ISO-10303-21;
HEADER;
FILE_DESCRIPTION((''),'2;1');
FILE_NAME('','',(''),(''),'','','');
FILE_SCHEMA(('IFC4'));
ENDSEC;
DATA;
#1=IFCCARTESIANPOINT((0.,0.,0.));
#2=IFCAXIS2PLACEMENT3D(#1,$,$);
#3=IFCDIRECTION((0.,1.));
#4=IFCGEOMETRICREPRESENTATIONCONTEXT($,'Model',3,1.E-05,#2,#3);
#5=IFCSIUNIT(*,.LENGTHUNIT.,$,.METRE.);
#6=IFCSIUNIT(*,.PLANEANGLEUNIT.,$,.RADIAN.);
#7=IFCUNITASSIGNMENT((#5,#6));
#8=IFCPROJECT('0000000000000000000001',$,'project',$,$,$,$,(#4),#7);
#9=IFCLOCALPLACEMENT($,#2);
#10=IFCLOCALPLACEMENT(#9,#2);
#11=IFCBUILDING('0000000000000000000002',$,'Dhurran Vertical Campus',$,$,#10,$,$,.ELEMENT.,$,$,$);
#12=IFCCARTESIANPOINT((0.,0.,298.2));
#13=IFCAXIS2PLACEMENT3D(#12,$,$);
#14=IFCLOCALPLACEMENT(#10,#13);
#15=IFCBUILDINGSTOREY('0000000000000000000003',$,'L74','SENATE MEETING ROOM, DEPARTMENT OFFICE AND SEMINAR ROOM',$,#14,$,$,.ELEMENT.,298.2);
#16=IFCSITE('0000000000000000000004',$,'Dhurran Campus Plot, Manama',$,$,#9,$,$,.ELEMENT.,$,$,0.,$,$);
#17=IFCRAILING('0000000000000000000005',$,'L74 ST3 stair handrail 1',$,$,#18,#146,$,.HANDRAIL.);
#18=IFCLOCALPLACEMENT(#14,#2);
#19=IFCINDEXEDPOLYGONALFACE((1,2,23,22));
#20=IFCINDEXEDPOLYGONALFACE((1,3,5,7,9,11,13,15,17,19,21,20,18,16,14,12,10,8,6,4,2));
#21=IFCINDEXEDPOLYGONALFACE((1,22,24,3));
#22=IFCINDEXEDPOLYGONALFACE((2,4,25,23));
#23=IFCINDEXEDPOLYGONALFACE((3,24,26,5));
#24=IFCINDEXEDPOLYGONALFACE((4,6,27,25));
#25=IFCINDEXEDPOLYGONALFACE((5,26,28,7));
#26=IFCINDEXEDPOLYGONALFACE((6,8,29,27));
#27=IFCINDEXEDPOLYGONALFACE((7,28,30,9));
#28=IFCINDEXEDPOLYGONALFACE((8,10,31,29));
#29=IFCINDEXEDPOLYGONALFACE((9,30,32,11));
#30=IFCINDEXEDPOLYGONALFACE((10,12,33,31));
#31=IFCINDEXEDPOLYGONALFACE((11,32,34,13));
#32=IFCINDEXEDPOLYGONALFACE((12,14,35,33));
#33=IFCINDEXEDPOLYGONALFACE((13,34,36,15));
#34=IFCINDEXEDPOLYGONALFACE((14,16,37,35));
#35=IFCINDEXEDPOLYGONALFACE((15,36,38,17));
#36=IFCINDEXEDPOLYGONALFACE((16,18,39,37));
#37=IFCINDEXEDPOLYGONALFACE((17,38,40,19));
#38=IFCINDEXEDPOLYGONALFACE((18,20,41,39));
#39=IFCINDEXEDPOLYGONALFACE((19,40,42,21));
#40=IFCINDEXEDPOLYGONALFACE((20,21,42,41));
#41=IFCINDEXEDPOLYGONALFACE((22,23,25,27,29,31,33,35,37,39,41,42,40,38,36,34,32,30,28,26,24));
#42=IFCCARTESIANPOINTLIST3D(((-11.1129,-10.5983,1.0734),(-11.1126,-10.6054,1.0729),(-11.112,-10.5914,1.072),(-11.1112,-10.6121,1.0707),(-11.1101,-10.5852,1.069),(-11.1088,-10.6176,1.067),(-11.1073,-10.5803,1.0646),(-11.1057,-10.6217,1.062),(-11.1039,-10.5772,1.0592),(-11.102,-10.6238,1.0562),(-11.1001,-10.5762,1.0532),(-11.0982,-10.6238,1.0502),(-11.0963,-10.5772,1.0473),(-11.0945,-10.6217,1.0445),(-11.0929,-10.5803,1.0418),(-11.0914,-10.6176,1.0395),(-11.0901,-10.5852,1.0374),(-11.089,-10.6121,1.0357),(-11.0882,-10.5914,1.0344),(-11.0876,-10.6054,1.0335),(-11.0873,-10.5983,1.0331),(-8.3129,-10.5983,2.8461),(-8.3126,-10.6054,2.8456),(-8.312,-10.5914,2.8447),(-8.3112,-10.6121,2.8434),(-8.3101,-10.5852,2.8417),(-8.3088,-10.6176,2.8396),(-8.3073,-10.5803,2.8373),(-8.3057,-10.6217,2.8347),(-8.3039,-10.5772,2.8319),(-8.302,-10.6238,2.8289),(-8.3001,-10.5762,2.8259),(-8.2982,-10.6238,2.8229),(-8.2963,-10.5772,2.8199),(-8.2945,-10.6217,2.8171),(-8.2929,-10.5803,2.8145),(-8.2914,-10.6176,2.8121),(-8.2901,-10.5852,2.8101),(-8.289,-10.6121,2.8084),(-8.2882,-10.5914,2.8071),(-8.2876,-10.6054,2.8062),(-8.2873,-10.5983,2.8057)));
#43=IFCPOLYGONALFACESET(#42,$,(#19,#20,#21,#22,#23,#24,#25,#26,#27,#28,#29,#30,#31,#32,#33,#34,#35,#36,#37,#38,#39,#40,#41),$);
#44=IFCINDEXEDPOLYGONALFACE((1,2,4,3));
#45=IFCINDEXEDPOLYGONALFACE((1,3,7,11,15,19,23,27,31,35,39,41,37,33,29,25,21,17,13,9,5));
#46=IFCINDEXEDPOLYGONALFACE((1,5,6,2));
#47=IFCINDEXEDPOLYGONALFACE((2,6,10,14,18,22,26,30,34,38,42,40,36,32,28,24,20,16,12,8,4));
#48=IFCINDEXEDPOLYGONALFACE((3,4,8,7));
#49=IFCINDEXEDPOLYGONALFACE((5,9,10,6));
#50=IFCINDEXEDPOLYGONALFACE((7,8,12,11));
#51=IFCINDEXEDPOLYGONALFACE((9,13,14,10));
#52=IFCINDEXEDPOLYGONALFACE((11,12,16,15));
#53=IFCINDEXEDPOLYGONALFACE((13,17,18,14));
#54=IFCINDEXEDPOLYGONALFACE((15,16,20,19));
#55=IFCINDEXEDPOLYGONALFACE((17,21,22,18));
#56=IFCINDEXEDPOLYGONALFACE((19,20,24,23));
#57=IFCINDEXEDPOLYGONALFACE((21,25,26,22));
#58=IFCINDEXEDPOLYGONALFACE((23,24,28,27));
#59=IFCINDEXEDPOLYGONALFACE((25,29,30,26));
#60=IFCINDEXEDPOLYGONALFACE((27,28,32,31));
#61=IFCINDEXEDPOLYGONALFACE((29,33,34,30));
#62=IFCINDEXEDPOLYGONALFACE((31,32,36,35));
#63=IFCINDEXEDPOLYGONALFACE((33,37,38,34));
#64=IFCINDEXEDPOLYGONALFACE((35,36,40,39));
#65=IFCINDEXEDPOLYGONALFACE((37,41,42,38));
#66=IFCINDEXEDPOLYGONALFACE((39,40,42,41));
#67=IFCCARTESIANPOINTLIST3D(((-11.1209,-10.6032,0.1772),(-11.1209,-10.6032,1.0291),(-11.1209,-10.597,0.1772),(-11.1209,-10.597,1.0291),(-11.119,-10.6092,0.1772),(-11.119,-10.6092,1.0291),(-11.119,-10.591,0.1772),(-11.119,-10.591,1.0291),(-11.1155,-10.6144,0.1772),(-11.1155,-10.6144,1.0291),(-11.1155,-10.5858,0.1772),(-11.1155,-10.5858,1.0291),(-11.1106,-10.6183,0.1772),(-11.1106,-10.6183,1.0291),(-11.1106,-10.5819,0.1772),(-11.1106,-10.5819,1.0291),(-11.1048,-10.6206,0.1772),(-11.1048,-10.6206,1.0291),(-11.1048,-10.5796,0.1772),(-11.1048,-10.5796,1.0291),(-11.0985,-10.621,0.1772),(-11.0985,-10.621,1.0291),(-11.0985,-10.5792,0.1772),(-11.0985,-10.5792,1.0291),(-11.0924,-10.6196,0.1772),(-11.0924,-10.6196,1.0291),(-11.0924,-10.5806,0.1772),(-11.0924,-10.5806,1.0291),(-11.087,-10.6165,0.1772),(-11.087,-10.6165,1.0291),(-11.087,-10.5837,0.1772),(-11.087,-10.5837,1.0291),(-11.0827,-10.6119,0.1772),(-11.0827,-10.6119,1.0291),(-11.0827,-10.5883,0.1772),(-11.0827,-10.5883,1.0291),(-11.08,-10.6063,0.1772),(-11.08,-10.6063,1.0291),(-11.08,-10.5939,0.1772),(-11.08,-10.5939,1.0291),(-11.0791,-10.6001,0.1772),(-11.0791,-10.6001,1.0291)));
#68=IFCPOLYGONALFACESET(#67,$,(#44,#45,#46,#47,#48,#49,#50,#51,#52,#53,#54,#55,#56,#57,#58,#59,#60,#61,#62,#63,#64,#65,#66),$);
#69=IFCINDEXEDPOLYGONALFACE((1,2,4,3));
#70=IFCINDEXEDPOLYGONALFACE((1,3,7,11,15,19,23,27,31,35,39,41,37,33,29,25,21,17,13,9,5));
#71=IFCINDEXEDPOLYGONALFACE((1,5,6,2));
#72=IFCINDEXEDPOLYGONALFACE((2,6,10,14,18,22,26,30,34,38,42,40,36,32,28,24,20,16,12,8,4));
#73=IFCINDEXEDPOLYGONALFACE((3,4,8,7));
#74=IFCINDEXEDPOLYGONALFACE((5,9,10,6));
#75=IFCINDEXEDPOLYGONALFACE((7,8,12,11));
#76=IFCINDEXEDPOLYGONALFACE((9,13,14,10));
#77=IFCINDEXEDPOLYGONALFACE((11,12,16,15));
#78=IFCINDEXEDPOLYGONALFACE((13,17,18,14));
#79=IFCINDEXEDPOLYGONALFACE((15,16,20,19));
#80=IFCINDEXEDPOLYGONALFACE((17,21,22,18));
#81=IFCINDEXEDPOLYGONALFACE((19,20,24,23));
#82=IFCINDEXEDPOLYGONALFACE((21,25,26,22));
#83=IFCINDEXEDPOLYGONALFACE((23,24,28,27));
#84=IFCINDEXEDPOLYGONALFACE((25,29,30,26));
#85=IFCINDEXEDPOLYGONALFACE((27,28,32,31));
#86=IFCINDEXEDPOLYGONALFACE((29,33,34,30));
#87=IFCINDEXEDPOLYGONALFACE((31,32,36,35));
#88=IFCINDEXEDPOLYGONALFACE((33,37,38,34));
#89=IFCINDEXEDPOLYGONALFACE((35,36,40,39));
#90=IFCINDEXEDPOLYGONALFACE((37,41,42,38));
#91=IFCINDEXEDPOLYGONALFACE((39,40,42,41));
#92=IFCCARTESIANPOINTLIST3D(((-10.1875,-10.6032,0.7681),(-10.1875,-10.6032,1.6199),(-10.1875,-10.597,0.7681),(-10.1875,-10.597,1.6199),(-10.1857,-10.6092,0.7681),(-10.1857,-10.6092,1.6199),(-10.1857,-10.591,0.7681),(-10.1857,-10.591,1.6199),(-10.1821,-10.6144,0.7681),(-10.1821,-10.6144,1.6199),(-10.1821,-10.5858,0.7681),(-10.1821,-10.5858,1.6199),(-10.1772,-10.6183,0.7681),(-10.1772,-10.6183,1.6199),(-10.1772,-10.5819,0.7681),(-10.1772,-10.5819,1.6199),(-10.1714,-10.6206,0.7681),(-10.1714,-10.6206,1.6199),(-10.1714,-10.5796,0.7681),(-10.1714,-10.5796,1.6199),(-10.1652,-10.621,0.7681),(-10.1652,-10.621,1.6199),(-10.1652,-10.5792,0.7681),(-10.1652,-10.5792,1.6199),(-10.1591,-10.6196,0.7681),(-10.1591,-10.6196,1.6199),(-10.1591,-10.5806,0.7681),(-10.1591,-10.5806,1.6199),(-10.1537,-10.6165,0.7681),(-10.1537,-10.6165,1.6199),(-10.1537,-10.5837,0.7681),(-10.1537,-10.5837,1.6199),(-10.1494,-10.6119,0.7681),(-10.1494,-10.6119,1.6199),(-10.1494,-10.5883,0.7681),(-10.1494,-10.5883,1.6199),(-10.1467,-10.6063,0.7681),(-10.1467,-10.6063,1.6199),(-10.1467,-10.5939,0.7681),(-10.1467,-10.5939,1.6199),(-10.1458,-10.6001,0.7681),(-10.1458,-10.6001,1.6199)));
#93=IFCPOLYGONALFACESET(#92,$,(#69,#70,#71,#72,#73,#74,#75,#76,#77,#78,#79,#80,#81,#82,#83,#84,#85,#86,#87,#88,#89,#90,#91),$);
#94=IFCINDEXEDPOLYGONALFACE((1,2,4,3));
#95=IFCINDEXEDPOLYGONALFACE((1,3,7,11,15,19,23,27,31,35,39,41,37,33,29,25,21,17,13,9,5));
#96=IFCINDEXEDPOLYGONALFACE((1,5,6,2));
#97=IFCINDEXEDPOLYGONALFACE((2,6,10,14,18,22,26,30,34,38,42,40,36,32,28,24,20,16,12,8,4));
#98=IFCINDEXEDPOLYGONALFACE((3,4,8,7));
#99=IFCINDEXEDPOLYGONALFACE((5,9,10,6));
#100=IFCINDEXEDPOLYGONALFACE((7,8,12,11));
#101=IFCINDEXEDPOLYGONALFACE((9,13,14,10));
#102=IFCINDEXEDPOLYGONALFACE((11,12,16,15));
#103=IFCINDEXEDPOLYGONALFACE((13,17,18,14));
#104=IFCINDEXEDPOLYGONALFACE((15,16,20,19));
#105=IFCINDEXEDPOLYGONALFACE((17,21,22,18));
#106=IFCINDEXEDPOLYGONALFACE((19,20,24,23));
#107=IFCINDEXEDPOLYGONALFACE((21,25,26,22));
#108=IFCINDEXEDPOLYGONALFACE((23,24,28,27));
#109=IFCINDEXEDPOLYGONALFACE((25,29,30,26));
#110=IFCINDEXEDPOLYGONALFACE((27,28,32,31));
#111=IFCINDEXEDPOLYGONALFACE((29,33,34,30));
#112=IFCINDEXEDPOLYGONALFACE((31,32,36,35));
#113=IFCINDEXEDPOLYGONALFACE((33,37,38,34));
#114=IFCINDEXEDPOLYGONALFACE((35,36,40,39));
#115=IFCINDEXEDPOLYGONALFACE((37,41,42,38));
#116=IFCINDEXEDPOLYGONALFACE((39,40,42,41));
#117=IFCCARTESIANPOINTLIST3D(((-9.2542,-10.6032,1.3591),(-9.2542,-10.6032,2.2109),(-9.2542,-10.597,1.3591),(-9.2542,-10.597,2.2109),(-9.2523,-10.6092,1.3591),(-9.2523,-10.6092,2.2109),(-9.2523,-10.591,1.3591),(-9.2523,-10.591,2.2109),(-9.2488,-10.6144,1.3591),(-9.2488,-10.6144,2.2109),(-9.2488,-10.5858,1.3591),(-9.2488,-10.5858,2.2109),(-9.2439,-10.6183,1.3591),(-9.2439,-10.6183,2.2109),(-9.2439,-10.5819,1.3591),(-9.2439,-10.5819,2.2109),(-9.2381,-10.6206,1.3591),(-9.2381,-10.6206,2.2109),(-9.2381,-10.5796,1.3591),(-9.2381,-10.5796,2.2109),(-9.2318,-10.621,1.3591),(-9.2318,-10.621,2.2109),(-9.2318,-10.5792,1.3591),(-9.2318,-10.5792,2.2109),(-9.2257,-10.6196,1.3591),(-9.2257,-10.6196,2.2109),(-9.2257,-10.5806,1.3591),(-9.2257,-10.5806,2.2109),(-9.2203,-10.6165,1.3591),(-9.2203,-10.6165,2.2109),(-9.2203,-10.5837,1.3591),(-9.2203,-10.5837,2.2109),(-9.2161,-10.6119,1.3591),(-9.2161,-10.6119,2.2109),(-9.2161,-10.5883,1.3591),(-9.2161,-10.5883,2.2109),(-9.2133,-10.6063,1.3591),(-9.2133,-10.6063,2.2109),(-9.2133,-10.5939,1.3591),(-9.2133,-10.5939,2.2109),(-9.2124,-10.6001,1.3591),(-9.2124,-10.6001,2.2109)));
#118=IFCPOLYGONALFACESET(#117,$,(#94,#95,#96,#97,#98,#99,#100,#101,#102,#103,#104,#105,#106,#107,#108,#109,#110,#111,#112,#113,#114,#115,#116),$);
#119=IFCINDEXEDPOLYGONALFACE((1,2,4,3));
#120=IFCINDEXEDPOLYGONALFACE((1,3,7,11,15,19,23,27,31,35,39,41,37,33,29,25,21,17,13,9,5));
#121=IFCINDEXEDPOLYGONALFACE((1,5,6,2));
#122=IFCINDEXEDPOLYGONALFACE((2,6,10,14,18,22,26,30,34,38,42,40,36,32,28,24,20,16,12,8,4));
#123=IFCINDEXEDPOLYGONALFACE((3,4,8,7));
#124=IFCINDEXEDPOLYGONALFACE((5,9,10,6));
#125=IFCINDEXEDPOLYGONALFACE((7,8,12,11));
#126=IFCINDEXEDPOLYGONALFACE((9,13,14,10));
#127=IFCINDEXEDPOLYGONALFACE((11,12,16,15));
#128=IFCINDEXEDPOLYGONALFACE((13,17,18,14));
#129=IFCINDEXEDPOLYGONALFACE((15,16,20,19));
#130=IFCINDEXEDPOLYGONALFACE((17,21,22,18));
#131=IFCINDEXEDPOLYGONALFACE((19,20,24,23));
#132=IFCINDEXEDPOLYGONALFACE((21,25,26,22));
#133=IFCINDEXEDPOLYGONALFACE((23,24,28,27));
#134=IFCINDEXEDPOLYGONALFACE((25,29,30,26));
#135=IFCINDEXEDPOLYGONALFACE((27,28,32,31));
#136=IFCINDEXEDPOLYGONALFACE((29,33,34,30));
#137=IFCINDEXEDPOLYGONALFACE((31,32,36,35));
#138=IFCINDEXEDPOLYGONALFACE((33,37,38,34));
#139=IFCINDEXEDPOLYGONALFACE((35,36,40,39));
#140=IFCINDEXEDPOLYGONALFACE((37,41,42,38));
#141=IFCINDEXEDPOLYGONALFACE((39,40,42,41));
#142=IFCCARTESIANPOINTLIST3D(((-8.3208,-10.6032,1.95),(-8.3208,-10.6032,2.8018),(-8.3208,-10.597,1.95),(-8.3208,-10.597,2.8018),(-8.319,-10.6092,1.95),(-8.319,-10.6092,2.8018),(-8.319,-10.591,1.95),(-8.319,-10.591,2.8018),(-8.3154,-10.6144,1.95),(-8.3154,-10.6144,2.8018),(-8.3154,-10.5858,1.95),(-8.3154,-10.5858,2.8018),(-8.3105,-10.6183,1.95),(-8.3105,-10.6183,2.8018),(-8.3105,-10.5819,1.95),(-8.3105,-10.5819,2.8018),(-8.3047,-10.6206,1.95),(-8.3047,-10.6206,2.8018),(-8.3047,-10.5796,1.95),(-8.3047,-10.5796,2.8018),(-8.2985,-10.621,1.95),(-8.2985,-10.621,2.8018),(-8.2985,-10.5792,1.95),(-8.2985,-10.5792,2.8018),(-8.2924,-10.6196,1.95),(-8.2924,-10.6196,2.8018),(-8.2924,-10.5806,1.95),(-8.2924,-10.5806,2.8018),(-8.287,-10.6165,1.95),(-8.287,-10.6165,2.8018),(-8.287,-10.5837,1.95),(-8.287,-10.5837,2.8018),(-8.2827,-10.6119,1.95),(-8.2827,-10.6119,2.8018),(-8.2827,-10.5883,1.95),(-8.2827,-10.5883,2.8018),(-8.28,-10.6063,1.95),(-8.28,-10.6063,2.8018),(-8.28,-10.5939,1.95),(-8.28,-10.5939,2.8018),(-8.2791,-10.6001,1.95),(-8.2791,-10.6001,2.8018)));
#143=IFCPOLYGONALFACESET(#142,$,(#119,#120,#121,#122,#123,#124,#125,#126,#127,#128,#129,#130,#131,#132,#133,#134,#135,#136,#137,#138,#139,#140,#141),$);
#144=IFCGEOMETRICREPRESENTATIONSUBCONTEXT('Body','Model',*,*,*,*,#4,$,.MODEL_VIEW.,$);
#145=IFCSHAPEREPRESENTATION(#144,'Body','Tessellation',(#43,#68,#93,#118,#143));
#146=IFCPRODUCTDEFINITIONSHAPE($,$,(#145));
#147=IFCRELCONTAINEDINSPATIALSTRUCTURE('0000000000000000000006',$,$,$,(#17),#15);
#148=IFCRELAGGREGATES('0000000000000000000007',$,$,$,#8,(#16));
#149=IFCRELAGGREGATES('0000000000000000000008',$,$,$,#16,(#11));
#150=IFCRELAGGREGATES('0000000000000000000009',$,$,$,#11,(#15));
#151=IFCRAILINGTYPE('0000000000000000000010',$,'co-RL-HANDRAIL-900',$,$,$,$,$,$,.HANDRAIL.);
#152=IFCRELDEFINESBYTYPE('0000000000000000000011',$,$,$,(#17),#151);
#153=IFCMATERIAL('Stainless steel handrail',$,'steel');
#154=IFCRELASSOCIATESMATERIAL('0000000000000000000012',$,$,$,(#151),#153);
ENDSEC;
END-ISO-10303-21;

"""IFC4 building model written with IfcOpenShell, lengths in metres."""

from ifc_helpers import new_model, si_unit, direction, frame, origin, origin_2d, place, context, subcontext, project, spatial, circle, extrude, material, type_object, element, save


model = new_model("IFC4")

# Units and contexts
model_context = context("Model", 3, precision=1e-05, world=origin(), true_north=direction((0.0, 1.0)))
body_context = subcontext(model_context, "Body", "Model", "MODEL_VIEW")
ifc_project = project(units=[si_unit("LENGTHUNIT", "METRE"), si_unit("PLANEANGLEUNIT", "RADIAN")], contexts=[model_context])

# Site, building, storey
site_placement = place(None, origin())
site = spatial("IfcSite", under=ifc_project, at=site_placement, Name="Dhurran Campus Plot, Manama", CompositionType="ELEMENT", RefElevation=0.0)
building_placement = place(site_placement, origin())
building = spatial("IfcBuilding", under=site, at=building_placement, Name="Dhurran Vertical Campus", CompositionType="ELEMENT")
storey_placement = place(building_placement, frame((0.0, 0.0, 298.2)))
storey = spatial("IfcBuildingStorey", under=building, at=storey_placement, Name="L74", Description="SENATE MEETING ROOM, DEPARTMENT OFFICE AND SEMINAR ROOM", CompositionType="ELEMENT", Elevation=298.2)

# Railing
ifc_material_1 = material(Name="Stainless steel handrail", Category="steel")
railing_type = type_object("IfcRailingType", Name="co-RL-HANDRAIL-900", PredefinedType="HANDRAIL", material=ifc_material_1)
railing_placement = place(storey_placement, frame((-11.1001, -10.6001, 0.1772)))
element("IfcRailing", 1, at=railing_placement, inside=storey, type_object=railing_type, Name="L74 ST3 stair handrail 1", PredefinedType="HANDRAIL", context=body_context, shape_type="SweptSolid", body=[
    extrude(circle(Radius=0.0239, at=origin_2d()), frame((0.0, 0.0, 0.876), z_axis=(0.844909, 0.0, 0.53491), x_axis=(0.0, 1.0, 0.0)), (0.0, 0.0, 1.0), 3.314),
    extrude(circle(Radius=0.021, at=origin_2d()), origin(), (0.0, 0.0, 1.0), 0.8518),
    extrude(circle(Radius=0.021, at=origin_2d()), frame((0.9333, 0.0, 0.5908)), (0.0, 0.0, 1.0), 0.8518),
    extrude(circle(Radius=0.021, at=origin_2d()), frame((1.8667, 0.0, 1.1819)), (0.0, 0.0, 1.0), 0.8518),
    extrude(circle(Radius=0.021, at=origin_2d()), frame((2.8, 0.0, 1.7727)), (0.0, 0.0, 1.0), 0.8518),
])

save(model, "model.ifc")
